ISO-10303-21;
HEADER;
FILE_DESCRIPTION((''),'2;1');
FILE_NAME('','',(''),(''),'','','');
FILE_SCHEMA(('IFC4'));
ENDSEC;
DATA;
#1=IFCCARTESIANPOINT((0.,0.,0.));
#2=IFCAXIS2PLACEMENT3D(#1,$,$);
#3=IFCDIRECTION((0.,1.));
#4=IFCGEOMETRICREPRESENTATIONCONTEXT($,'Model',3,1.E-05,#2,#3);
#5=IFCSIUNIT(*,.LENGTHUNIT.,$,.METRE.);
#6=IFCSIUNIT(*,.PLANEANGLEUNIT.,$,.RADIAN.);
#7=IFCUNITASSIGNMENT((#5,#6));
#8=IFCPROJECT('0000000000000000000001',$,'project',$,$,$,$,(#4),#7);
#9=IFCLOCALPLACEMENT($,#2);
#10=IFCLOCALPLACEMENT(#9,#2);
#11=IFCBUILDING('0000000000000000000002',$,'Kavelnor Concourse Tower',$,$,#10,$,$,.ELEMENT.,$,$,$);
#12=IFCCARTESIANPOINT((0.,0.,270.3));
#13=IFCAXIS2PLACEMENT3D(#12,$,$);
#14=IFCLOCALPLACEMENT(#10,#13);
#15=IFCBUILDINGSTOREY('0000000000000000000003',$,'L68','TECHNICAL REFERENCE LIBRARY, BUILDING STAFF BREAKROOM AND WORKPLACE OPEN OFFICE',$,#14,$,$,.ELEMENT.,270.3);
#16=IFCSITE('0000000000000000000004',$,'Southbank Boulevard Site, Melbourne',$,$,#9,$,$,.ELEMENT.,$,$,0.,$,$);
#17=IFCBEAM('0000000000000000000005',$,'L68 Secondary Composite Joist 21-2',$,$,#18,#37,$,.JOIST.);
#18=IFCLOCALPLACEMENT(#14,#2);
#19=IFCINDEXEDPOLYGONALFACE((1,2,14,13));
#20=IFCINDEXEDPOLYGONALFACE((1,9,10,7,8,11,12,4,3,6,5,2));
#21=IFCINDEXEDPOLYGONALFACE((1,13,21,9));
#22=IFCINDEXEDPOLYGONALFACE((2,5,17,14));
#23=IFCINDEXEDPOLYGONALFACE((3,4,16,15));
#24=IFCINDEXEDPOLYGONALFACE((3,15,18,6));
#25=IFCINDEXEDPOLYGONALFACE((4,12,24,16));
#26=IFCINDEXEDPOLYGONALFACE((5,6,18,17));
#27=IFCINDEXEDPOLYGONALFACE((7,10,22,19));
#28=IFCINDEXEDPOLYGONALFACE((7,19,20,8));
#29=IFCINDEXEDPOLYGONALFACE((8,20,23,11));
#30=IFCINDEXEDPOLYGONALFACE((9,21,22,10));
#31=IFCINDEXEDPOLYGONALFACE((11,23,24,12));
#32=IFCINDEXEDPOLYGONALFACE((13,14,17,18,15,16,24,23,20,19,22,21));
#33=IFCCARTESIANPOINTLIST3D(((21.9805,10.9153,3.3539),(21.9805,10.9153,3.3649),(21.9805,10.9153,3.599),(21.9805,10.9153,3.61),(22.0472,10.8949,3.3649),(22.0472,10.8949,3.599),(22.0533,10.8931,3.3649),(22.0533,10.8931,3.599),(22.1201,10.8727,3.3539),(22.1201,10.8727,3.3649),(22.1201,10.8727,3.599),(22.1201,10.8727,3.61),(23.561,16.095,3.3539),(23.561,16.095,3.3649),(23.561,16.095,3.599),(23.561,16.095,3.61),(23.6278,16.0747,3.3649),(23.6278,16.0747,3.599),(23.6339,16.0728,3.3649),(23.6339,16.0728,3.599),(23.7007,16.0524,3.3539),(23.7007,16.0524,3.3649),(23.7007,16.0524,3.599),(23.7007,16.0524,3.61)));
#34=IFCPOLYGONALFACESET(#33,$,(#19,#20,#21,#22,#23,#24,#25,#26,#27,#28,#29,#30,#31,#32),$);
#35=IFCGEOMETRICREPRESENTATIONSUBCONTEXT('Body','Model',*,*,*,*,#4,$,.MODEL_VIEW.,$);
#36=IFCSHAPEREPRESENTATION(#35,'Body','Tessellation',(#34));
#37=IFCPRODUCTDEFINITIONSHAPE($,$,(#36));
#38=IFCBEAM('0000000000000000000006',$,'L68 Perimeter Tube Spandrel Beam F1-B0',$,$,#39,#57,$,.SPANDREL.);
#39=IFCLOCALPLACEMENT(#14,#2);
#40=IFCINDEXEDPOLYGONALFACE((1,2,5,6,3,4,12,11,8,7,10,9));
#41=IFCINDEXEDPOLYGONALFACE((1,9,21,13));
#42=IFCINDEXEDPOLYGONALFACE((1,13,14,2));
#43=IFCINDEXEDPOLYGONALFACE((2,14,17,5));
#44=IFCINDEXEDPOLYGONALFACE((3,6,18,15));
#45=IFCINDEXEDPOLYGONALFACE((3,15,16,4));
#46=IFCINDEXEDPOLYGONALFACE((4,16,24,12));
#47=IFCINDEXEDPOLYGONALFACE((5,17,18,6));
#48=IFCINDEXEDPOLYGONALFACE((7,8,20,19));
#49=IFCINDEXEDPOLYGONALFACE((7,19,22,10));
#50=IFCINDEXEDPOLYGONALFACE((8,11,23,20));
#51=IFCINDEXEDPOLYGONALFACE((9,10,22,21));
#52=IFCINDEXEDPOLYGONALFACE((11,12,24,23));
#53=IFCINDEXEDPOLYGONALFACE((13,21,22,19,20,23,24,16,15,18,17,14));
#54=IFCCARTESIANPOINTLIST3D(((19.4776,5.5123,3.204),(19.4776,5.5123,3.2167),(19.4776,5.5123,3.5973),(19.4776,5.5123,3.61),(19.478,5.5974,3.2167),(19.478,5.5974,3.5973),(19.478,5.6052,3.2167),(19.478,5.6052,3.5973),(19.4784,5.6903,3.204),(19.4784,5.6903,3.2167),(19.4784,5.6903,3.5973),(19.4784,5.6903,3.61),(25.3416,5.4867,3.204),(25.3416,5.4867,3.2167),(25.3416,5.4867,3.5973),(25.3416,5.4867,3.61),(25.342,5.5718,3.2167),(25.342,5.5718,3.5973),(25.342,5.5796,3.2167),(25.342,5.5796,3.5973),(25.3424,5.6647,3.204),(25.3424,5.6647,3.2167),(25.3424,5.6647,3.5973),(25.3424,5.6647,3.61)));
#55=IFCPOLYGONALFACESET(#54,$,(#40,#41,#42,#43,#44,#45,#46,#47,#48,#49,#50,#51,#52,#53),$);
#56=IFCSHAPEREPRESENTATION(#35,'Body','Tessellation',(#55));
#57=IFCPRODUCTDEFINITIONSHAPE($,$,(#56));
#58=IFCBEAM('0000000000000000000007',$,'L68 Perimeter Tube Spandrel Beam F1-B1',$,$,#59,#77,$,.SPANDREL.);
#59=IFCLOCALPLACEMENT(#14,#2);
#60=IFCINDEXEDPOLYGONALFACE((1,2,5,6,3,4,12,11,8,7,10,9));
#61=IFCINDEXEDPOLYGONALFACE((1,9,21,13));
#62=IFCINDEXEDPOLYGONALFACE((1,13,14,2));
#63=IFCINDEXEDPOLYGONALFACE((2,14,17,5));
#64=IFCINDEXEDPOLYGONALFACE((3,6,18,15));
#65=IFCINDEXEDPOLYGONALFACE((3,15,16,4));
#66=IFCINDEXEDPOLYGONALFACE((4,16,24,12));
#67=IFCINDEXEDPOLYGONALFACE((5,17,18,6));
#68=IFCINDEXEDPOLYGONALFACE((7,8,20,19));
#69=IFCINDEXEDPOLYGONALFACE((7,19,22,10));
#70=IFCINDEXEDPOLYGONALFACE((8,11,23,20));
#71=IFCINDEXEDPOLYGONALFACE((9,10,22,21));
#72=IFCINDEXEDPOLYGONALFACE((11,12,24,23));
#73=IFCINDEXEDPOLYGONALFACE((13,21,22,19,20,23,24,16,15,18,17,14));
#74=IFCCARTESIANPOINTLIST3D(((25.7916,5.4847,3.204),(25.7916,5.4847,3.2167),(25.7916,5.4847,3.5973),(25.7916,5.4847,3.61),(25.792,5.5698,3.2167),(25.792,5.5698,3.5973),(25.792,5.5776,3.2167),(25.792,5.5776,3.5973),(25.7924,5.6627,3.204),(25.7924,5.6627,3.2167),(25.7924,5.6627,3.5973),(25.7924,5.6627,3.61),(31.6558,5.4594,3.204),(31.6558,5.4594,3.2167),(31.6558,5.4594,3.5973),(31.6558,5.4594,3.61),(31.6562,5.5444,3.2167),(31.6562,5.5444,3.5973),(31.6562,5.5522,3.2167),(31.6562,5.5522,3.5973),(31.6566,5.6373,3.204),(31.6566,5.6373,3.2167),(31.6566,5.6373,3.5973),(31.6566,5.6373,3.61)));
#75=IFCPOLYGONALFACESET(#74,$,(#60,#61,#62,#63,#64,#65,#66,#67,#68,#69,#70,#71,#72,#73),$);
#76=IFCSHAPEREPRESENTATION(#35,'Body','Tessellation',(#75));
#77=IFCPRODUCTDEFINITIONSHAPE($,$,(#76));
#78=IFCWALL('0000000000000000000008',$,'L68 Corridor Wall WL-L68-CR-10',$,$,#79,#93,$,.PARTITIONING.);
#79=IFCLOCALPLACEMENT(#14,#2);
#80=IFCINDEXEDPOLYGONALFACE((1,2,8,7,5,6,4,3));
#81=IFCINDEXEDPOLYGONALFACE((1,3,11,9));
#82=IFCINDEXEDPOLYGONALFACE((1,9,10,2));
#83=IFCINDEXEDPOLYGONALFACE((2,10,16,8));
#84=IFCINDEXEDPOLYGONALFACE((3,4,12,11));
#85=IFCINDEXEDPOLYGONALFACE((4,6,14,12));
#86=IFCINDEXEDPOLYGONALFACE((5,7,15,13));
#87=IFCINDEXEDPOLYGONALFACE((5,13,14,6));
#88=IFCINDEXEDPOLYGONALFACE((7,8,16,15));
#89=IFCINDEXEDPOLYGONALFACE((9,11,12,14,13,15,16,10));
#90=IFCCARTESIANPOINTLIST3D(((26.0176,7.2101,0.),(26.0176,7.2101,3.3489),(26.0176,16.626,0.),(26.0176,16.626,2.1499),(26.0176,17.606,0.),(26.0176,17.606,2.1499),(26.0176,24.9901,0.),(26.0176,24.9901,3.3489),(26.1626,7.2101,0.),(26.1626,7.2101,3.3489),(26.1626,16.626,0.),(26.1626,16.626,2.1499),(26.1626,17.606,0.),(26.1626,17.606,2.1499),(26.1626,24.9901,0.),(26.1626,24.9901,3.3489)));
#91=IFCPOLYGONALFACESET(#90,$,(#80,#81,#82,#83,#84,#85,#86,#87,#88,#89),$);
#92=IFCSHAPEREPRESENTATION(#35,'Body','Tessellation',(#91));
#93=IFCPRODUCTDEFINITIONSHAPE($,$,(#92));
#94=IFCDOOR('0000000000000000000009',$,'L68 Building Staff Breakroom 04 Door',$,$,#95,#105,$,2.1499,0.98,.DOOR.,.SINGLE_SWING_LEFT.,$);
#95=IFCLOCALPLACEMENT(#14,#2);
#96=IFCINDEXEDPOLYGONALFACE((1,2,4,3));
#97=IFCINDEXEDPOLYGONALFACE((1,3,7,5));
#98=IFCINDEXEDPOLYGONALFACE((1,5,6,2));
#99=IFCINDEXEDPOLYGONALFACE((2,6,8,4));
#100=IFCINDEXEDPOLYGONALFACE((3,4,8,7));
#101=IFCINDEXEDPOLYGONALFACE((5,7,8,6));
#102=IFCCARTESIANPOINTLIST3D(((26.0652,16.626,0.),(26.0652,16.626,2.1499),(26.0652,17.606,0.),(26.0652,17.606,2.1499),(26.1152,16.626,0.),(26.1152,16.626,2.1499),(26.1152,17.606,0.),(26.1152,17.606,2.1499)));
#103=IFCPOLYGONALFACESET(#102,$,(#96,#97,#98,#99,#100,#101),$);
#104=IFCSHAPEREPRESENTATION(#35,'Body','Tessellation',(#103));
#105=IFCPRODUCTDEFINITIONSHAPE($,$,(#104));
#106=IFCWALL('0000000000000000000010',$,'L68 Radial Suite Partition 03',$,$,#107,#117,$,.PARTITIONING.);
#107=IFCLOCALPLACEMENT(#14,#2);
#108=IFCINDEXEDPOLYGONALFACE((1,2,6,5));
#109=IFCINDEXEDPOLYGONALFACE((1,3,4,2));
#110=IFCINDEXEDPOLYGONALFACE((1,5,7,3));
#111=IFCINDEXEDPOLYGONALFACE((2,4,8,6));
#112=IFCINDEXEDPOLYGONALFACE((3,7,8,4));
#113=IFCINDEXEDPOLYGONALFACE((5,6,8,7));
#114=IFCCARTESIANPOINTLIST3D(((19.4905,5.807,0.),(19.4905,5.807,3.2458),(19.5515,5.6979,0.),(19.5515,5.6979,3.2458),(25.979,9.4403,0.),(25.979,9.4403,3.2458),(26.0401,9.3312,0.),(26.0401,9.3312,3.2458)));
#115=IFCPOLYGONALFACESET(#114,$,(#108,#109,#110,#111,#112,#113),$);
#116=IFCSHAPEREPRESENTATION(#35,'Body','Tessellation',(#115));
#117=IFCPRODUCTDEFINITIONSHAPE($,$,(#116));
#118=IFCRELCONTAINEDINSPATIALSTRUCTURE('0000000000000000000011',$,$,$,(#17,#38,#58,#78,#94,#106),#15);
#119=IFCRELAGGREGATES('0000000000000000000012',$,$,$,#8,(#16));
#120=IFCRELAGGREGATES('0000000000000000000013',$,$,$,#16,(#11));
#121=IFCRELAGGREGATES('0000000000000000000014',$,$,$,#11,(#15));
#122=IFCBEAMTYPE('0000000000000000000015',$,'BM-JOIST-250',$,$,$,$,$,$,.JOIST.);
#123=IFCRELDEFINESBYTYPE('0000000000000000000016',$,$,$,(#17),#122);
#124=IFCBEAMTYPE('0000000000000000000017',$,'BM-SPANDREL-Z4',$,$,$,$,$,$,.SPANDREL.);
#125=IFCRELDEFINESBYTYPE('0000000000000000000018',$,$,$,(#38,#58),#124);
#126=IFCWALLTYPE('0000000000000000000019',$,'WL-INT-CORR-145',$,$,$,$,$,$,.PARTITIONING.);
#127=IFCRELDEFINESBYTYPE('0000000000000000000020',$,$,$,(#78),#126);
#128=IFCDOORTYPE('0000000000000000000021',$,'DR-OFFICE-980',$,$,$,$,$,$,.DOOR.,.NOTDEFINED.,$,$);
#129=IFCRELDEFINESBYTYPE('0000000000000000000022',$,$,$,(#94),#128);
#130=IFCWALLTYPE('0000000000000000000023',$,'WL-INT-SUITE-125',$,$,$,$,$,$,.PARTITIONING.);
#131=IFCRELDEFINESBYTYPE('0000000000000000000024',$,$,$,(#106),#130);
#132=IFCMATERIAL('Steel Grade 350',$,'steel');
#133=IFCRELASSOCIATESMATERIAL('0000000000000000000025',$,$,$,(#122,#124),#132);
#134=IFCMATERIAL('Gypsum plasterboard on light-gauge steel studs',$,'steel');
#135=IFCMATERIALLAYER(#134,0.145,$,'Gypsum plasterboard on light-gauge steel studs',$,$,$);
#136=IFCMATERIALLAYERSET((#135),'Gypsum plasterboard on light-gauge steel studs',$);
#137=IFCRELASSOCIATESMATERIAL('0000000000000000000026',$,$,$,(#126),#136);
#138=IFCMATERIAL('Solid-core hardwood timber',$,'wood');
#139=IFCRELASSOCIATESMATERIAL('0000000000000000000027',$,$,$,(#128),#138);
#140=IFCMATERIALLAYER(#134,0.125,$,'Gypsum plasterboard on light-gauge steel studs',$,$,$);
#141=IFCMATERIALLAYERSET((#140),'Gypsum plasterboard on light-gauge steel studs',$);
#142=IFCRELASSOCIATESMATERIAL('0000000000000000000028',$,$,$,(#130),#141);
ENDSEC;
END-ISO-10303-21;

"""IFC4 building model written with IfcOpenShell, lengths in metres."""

from ifc_helpers import new_model, si_unit, direction, frame, frame_2d, origin, origin_2d, place, context, subcontext, project, spatial, rectangle, i_section, extrude, material, layer, layer_set, material_profile, profile_set, type_object, element, fill, save


model = new_model("IFC4")

# Units and contexts
model_context = context("Model", 3, precision=1e-05, world=origin(), true_north=direction((0.0, 1.0)))
body_context = subcontext(model_context, "Body", "Model", "MODEL_VIEW")
ifc_project = project(units=[si_unit("LENGTHUNIT", "METRE"), si_unit("PLANEANGLEUNIT", "RADIAN")], contexts=[model_context])

# Site, building, storey
site_placement = place(None, origin())
site = spatial("IfcSite", under=ifc_project, at=site_placement, Name="Southbank Boulevard Site, Melbourne", CompositionType="ELEMENT", RefElevation=0.0)
building_placement = place(site_placement, origin())
building = spatial("IfcBuilding", under=site, at=building_placement, Name="Kavelnor Concourse Tower", CompositionType="ELEMENT")
storey_placement = place(building_placement, frame((0.0, 0.0, 270.3)))
storey = spatial("IfcBuildingStorey", under=building, at=storey_placement, Name="L68", Description="TECHNICAL REFERENCE LIBRARY, BUILDING STAFF BREAKROOM AND WORKPLACE OPEN OFFICE", CompositionType="ELEMENT", Elevation=270.3)

# Shared definitions
ifc_material_1 = material(Name="Steel Grade 350", Category="steel")

# Beams
ifc_material_profile_1 = material_profile(ifc_material_1, i_section(OverallWidth=0.146, OverallDepth=0.2561, WebThickness=0.0063, FlangeThickness=0.011, at=origin_2d()), Name="250UB37")
ifc_profile_set_1 = profile_set([ifc_material_profile_1], Name="Steel Grade 350")
beam_type_1 = type_object("IfcBeamType", Name="BM-JOIST-250", PredefinedType="JOIST", material=ifc_profile_set_1)
beam_1_placement = place(storey_placement, frame((23.6309, 16.0737, 3.4819), z_axis=(-0.291861, -0.956461, 0.0), x_axis=(0.956461, -0.291861, 0.0)))
element("IfcBeam", 1, at=beam_1_placement, inside=storey, type_object=beam_type_1, Name="L68 Secondary Composite Joist 21-2", PredefinedType="JOIST", context=body_context, shape_type="SweptSolid", body=[
    extrude(i_section(OverallWidth=0.146, OverallDepth=0.2561, WebThickness=0.0063, FlangeThickness=0.011, at=origin_2d()), origin(), (0.0, 0.0, 1.0), 5.4155),
])
ifc_material_profile_2 = material_profile(ifc_material_1, i_section(OverallWidth=0.178, OverallDepth=0.406, WebThickness=0.0078, FlangeThickness=0.0127, at=origin_2d()), Name="410UB59")
ifc_profile_set_2 = profile_set([ifc_material_profile_2], Name="Steel Grade 350")
beam_type_2 = type_object("IfcBeamType", Name="BM-SPANDREL-Z4", PredefinedType="SPANDREL", material=ifc_profile_set_2)
beam_2_placement = place(storey_placement, frame((19.478, 5.6013, 3.407), z_axis=(0.99999, -0.004371, 0.0), x_axis=(0.004371, 0.99999, 0.0)))
element("IfcBeam", 2, at=beam_2_placement, inside=storey, type_object=beam_type_2, Name="L68 Perimeter Tube Spandrel Beam F1-B0", PredefinedType="SPANDREL", context=body_context, shape_type="SweptSolid", body=[
    extrude(i_section(OverallWidth=0.178, OverallDepth=0.406, WebThickness=0.0078, FlangeThickness=0.0127, at=origin_2d()), origin(), (0.0, 0.0, 1.0), 5.864),
])
beam_3_placement = place(storey_placement, frame((25.792, 5.5737, 3.407), z_axis=(0.999991, -0.00433, 0.0), x_axis=(0.00433, 0.999991, 0.0)))
element("IfcBeam", 3, at=beam_3_placement, inside=storey, type_object=beam_type_2, Name="L68 Perimeter Tube Spandrel Beam F1-B1", PredefinedType="SPANDREL", context=body_context, shape_type="SweptSolid", body=[
    extrude(i_section(OverallWidth=0.178, OverallDepth=0.406, WebThickness=0.0078, FlangeThickness=0.0127, at=origin_2d()), origin(), (0.0, 0.0, 1.0), 5.8643),
])

# Wall, opening, door
ifc_material_2 = material(Name="Gypsum plasterboard on light-gauge steel studs", Category="steel")
ifc_layer_1 = layer(ifc_material_2, 0.145, Name="Gypsum plasterboard on light-gauge steel studs")
ifc_layer_set_1 = layer_set([ifc_layer_1], Name="Gypsum plasterboard on light-gauge steel studs")
wall_type_1 = type_object("IfcWallType", Name="WL-INT-CORR-145", PredefinedType="PARTITIONING", material=ifc_layer_set_1)
wall_1_placement = place(storey_placement, frame((26.0901, 7.21, 0.0), z_axis=(0.0, 0.0, 1.0), x_axis=(0.0, 1.0, 0.0)))
wall_1 = element("IfcWall", 4, at=wall_1_placement, inside=storey, type_object=wall_type_1, Name="L68 Corridor Wall WL-L68-CR-10", PredefinedType="PARTITIONING", context=body_context, shape_type="SweptSolid", body=[
    extrude(rectangle(XDim=17.78, YDim=0.145, at=frame_2d((8.8901, 0.0))), origin(), (0.0, 0.0, 1.0), 3.3489),
])
opening_placement = place(wall_1_placement, frame((9.416, 0.0, 0.0)))
opening = element("IfcOpeningElement", 5, at=opening_placement, cuts=wall_1, PredefinedType="OPENING", context=body_context, shape_type="SweptSolid", body=[
    extrude(rectangle(XDim=0.98, YDim=2.1499, at=frame_2d((0.49, 1.075))), frame((0.0, 0.0825, 0.0), z_axis=(0.0, -1.0, 0.0), x_axis=(1.0, 0.0, 0.0)), (0.0, 0.0, 1.0), 0.165),
])
ifc_material_3 = material(Name="Solid-core hardwood timber", Category="wood")
door_type = type_object("IfcDoorType", Name="DR-OFFICE-980", OperationType="NOTDEFINED", PredefinedType="DOOR", material=ifc_material_3)
door_placement = place(opening_placement, origin())
door = element("IfcDoor", 6, at=door_placement, inside=storey, type_object=door_type, Name="L68 Building Staff Breakroom 04 Door", OperationType="SINGLE_SWING_LEFT", OverallHeight=2.1499, OverallWidth=0.98, PredefinedType="DOOR", context=body_context, shape_type="SweptSolid", body=[
    extrude(rectangle(XDim=0.98, YDim=2.1499, at=frame_2d((0.49, 1.075))), frame((0.0, 0.0249, 0.0), z_axis=(0.0, -1.0, 0.0), x_axis=(1.0, 0.0, 0.0)), (0.0, 0.0, 1.0), 0.05),
])
fill(opening, door)

# Wall
ifc_layer_2 = layer(ifc_material_2, 0.125, Name="Gypsum plasterboard on light-gauge steel studs")
ifc_layer_set_2 = layer_set([ifc_layer_2], Name="Gypsum plasterboard on light-gauge steel studs")
wall_type_2 = type_object("IfcWallType", Name="WL-INT-SUITE-125", PredefinedType="PARTITIONING", material=ifc_layer_set_2)
wall_2_placement = place(storey_placement, frame((26.0095, 9.3857, 0.0), z_axis=(0.0, 0.0, 1.0), x_axis=(-0.872522, -0.488575, 0.0)))
element("IfcWall", 7, at=wall_2_placement, inside=storey, type_object=wall_type_2, Name="L68 Radial Suite Partition 03", PredefinedType="PARTITIONING", context=body_context, shape_type="SweptSolid", body=[
    extrude(rectangle(XDim=7.4365, YDim=0.125, at=frame_2d((3.7183, 0.0))), origin(), (0.0, 0.0, 1.0), 3.2458),
])

save(model, "model.ifc")
